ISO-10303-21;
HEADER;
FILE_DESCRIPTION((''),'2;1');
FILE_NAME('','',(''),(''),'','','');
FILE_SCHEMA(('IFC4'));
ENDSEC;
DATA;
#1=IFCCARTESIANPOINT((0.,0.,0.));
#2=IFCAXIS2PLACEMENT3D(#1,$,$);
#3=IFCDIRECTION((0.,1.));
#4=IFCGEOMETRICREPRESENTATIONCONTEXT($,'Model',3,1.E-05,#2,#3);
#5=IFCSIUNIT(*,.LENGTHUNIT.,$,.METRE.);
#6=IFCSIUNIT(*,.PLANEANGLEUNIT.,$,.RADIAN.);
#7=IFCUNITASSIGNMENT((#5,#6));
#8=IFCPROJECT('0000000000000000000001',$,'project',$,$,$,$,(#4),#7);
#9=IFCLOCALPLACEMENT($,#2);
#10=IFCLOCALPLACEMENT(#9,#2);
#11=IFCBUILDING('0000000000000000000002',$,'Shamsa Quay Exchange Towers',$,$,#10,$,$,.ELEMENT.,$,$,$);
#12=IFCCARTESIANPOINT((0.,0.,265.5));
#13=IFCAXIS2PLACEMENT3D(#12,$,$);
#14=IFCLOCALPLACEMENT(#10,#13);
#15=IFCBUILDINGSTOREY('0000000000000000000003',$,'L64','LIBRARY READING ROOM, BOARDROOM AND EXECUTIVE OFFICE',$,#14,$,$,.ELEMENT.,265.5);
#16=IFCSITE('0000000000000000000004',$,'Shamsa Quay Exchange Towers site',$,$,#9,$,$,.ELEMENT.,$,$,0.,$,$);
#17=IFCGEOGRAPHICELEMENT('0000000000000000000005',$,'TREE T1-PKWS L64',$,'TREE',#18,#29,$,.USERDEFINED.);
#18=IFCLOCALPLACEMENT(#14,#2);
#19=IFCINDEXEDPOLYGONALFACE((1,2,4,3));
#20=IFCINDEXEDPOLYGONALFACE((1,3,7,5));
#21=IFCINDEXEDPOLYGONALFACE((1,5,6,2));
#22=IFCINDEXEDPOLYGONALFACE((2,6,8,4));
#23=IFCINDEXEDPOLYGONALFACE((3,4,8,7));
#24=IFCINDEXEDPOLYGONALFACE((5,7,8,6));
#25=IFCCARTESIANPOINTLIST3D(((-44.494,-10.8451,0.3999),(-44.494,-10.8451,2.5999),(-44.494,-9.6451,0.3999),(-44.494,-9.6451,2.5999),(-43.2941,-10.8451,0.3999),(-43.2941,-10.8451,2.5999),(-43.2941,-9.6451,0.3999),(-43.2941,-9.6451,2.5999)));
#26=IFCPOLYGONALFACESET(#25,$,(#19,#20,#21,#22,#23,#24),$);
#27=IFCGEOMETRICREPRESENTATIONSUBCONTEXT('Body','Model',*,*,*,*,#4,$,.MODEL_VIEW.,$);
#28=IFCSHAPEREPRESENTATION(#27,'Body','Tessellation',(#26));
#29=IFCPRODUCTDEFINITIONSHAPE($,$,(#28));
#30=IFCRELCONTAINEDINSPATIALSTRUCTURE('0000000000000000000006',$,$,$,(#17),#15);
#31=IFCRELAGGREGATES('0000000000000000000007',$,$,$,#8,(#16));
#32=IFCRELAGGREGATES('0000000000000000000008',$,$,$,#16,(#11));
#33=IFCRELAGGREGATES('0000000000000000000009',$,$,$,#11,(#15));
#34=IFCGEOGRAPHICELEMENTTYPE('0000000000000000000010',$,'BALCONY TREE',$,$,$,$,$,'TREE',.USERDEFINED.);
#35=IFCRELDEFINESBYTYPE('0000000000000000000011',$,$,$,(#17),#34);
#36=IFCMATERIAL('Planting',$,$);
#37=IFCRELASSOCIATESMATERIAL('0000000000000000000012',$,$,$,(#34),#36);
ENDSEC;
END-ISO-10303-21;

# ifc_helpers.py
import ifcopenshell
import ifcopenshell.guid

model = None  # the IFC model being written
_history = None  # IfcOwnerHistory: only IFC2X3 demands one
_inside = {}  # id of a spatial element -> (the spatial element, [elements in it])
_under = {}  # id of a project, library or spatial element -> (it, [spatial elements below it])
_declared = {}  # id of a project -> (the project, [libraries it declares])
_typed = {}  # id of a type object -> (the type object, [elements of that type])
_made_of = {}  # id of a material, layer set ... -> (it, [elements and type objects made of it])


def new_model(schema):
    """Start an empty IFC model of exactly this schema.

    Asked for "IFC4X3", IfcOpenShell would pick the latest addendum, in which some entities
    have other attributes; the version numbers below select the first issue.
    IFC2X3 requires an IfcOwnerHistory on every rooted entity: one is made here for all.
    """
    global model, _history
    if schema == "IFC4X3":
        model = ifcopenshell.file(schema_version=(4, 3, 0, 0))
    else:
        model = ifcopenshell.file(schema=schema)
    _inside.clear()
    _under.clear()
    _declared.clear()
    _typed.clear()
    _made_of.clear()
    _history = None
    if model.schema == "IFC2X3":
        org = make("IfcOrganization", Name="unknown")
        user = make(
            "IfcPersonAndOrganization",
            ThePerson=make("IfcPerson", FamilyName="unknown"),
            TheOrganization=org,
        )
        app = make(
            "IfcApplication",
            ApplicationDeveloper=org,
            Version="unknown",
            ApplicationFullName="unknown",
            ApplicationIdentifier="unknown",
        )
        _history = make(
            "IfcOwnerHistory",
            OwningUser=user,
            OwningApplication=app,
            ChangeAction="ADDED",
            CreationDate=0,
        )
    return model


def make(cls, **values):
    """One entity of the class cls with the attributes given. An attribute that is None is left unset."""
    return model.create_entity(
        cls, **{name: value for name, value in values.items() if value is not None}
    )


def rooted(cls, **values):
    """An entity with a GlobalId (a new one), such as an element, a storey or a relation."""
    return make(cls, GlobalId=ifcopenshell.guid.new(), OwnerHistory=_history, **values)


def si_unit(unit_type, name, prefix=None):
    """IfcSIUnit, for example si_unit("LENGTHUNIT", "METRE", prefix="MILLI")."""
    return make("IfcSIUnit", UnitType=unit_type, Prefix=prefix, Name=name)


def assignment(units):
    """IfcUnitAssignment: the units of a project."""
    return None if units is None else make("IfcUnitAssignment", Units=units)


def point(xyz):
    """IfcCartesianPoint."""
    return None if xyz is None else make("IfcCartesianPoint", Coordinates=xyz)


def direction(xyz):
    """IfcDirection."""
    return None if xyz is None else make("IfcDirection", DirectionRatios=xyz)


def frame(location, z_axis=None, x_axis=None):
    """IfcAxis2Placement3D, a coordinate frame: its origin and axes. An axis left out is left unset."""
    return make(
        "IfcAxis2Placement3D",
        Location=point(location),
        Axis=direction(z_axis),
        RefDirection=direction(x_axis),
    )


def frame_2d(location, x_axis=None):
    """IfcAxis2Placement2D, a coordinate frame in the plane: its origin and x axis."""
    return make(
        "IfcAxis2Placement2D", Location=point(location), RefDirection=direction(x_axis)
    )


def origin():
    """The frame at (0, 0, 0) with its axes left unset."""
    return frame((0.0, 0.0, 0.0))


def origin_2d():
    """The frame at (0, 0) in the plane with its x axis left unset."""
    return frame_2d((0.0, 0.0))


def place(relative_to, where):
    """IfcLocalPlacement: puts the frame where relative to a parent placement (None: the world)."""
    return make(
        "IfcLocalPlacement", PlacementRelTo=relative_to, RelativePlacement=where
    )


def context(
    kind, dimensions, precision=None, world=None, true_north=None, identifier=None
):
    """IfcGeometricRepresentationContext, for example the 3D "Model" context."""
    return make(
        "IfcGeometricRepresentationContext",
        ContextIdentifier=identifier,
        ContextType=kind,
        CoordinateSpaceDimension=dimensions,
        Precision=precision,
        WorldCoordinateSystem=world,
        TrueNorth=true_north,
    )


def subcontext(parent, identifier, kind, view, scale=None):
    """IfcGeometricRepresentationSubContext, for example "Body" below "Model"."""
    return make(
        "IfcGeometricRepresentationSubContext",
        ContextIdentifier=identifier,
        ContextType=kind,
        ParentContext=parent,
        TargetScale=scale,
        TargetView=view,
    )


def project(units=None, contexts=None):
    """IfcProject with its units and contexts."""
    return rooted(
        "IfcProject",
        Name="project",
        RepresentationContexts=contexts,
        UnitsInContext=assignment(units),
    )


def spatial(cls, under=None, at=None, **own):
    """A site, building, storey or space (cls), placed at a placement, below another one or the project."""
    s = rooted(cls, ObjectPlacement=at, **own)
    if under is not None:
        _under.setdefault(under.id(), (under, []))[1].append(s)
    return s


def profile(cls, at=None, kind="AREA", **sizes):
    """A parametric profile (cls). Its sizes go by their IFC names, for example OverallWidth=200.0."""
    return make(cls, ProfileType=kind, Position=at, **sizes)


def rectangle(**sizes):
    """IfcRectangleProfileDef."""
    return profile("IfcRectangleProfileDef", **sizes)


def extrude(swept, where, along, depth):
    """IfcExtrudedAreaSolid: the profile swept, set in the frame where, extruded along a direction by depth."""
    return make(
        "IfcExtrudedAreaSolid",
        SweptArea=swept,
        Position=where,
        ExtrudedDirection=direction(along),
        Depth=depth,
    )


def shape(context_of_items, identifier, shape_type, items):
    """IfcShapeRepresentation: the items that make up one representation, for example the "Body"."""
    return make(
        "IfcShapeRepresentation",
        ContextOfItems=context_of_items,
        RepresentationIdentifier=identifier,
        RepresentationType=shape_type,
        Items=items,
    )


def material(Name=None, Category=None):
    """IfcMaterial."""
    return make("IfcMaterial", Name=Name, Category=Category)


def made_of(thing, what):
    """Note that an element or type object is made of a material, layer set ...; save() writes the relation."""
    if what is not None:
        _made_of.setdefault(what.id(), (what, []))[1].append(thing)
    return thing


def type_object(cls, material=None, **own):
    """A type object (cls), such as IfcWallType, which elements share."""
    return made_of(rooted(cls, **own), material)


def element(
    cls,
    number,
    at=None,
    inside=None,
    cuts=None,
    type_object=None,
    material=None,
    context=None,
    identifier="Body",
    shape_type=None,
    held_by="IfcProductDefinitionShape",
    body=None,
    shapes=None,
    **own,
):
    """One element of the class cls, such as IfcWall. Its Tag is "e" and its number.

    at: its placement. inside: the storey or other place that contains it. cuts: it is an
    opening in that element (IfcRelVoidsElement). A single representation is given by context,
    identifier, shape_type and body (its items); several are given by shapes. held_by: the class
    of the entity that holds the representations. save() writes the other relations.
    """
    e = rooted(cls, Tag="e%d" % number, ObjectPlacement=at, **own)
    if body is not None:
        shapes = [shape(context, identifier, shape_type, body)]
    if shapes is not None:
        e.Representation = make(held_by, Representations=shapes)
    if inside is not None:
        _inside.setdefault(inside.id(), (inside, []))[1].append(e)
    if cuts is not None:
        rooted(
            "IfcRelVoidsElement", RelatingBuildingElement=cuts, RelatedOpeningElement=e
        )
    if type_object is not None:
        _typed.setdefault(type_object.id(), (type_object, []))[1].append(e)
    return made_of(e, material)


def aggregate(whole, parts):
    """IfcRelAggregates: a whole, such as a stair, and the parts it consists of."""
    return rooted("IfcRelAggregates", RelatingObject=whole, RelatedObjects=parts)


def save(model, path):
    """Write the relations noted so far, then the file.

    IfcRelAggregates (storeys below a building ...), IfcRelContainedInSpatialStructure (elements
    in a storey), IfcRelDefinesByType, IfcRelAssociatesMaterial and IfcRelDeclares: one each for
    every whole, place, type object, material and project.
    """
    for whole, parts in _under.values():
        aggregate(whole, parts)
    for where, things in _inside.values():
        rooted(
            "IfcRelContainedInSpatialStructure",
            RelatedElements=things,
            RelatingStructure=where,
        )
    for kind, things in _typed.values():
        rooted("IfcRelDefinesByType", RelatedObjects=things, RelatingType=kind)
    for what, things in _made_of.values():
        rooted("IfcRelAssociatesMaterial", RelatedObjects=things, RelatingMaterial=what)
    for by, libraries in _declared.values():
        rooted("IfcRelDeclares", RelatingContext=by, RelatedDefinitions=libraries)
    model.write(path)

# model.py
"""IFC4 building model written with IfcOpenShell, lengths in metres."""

from ifc_helpers import new_model, si_unit, direction, frame, origin, origin_2d, place, context, subcontext, project, spatial, rectangle, extrude, material, type_object, element, save


model = new_model("IFC4")

# Units and contexts
model_context = context("Model", 3, precision=1e-05, world=origin(), true_north=direction((0.0, 1.0)))
body_context = subcontext(model_context, "Body", "Model", "MODEL_VIEW")
ifc_project = project(units=[si_unit("LENGTHUNIT", "METRE"), si_unit("PLANEANGLEUNIT", "RADIAN")], contexts=[model_context])

# Site, building, storey
site_placement = place(None, origin())
site = spatial("IfcSite", under=ifc_project, at=site_placement, Name="Shamsa Quay Exchange Towers site", CompositionType="ELEMENT", RefElevation=0.0)
building_placement = place(site_placement, origin())
building = spatial("IfcBuilding", under=site, at=building_placement, Name="Shamsa Quay Exchange Towers", CompositionType="ELEMENT")
storey_placement = place(building_placement, frame((0.0, 0.0, 265.5)))
storey = spatial("IfcBuildingStorey", under=building, at=storey_placement, Name="L64", Description="LIBRARY READING ROOM, BOARDROOM AND EXECUTIVE OFFICE", CompositionType="ELEMENT", Elevation=265.5)

# Geographic element
ifc_material_1 = material(Name="Planting")
geographic_element_type = type_object("IfcGeographicElementType", Name="BALCONY TREE", ElementType="TREE", PredefinedType="USERDEFINED", material=ifc_material_1)
geographic_element_placement = place(storey_placement, frame((-43.894, -10.2451, 0.3999)))
element("IfcGeographicElement", 1, at=geographic_element_placement, inside=storey, type_object=geographic_element_type, Name="TREE T1-PKWS L64", ObjectType="TREE", PredefinedType="USERDEFINED", context=body_context, shape_type="SweptSolid", body=[
    extrude(rectangle(XDim=1.2, YDim=1.2, at=origin_2d()), origin(), (0.0, 0.0, 1.0), 2.2),
])

save(model, "model.ifc")
